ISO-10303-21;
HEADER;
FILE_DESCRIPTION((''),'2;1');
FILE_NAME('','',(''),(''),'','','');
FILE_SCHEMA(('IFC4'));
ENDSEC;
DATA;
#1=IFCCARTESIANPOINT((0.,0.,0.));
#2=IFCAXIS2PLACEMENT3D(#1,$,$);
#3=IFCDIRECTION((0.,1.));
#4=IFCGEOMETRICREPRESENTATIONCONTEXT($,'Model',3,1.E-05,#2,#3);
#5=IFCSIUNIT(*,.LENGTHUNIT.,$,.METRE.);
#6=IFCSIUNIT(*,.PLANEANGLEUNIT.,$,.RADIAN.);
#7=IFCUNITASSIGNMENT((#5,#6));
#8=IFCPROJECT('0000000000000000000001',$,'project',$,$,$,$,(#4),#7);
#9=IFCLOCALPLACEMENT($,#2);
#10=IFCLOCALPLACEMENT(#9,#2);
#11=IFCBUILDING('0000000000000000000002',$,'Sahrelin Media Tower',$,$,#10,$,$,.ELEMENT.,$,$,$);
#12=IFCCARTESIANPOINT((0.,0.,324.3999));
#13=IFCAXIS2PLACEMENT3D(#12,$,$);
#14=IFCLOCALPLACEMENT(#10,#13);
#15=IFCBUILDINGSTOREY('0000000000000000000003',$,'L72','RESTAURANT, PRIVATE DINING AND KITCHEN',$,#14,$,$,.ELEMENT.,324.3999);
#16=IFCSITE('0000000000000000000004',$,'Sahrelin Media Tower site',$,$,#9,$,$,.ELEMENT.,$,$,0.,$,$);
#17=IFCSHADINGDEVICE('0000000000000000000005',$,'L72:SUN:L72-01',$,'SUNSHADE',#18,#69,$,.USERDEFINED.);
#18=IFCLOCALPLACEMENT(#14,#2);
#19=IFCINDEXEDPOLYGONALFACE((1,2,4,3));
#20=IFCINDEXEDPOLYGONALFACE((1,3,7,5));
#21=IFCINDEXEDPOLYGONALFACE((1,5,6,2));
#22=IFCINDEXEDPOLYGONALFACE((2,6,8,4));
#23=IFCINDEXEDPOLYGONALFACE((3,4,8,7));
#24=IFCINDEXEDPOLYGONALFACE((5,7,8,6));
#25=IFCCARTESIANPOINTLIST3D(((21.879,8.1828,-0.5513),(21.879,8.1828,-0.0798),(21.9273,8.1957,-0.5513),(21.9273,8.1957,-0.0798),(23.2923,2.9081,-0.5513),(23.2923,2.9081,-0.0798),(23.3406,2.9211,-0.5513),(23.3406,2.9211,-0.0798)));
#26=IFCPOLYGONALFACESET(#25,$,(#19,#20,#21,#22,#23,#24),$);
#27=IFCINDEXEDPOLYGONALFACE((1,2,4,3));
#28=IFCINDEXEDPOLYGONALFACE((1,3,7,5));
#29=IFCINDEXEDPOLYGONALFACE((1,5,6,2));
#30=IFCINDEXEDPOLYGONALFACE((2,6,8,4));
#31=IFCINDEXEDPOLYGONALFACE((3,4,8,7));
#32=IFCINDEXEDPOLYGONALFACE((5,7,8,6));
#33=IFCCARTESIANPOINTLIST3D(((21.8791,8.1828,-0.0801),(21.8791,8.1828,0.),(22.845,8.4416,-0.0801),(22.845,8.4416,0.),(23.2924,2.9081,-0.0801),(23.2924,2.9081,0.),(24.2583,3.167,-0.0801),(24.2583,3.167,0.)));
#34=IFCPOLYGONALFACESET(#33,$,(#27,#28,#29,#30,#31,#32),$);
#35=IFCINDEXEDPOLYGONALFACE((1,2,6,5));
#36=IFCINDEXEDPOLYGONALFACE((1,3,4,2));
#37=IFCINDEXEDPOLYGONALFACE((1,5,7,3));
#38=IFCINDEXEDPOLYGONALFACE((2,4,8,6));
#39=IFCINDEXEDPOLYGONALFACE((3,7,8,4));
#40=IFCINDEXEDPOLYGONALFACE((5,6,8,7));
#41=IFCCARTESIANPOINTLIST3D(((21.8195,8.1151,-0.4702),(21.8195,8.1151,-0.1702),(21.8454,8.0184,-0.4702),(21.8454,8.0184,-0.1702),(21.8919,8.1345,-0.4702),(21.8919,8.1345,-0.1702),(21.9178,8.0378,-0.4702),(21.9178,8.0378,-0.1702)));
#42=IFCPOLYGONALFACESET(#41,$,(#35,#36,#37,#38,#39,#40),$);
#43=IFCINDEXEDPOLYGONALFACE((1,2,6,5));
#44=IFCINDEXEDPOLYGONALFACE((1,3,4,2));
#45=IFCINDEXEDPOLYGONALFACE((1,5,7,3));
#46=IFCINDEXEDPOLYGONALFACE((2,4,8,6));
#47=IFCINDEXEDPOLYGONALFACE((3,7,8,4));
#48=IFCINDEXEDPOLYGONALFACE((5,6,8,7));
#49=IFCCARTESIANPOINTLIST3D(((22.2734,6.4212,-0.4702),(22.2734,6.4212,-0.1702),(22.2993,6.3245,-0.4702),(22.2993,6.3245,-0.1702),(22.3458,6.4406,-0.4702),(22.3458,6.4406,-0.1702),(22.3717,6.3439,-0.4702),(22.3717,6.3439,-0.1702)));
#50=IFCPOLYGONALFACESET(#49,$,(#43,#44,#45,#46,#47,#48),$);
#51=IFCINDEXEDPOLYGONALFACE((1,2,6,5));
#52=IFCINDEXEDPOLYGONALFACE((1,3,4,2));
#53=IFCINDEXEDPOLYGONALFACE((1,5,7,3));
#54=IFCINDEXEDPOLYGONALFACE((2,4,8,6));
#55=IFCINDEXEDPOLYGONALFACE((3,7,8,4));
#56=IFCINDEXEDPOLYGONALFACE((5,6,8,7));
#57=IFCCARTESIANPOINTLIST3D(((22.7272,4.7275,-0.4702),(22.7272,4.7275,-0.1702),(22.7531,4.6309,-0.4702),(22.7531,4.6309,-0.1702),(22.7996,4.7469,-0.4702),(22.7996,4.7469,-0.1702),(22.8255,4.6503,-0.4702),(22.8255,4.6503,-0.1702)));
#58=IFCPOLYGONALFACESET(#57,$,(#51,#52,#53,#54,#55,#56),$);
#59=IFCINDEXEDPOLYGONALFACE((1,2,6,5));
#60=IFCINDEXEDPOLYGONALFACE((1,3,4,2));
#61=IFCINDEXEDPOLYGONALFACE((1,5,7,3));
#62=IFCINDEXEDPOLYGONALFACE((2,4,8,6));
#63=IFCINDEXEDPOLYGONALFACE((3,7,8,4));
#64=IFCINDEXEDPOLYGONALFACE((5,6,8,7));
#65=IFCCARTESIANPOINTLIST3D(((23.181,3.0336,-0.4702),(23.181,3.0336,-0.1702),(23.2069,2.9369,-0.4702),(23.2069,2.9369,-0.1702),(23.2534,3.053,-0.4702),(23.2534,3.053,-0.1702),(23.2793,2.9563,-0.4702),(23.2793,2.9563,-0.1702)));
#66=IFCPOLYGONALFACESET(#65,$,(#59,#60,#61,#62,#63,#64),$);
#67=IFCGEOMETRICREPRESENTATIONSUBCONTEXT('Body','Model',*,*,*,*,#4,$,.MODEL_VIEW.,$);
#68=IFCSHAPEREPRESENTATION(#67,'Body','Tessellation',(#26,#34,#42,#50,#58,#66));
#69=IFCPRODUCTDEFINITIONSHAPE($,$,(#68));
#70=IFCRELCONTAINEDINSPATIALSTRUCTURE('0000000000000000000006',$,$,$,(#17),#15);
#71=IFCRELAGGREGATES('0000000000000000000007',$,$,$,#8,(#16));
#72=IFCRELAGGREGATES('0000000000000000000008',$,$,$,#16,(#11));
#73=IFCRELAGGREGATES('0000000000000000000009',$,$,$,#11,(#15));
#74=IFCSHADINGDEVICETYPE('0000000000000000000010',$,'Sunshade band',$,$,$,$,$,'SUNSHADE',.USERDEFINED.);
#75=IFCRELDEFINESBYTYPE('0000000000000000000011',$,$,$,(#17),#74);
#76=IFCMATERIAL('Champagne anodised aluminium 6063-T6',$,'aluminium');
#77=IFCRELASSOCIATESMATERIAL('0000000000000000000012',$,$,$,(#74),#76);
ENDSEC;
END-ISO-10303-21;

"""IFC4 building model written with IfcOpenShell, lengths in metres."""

from ifc_helpers import new_model, si_unit, direction, frame, origin, origin_2d, place, context, subcontext, project, spatial, rectangle, extrude, material, type_object, element, save


model = new_model("IFC4")

# Units and contexts
model_context = context("Model", 3, precision=1e-05, world=origin(), true_north=direction((0.0, 1.0)))
body_context = subcontext(model_context, "Body", "Model", "MODEL_VIEW")
ifc_project = project(units=[si_unit("LENGTHUNIT", "METRE"), si_unit("PLANEANGLEUNIT", "RADIAN")], contexts=[model_context])

# Site, building, storey
site_placement = place(None, origin())
site = spatial("IfcSite", under=ifc_project, at=site_placement, Name="Sahrelin Media Tower site", CompositionType="ELEMENT", RefElevation=0.0)
building_placement = place(site_placement, origin())
building = spatial("IfcBuilding", under=site, at=building_placement, Name="Sahrelin Media Tower", CompositionType="ELEMENT")
storey_placement = place(building_placement, frame((0.0, 0.0, 324.3999)))
storey = spatial("IfcBuildingStorey", under=building, at=storey_placement, Name="L72", Description="RESTAURANT, PRIVATE DINING AND KITCHEN", CompositionType="ELEMENT", Elevation=324.3999)

# Shared definitions
ifc_material_1 = material(Name="Champagne anodised aluminium 6063-T6", Category="aluminium")

# Shading device
placement_1 = place(storey_placement, frame((22.5664, 5.5403, 0.0), z_axis=(0.0, 0.0, 1.0), x_axis=(0.258808, -0.965929, 0.0)))
shading_device_type_1 = type_object("IfcShadingDeviceType", Name="Sunshade band", ElementType="SUNSHADE", PredefinedType="USERDEFINED", material=ifc_material_1)
element("IfcShadingDevice", 1, at=placement_1, inside=storey, type_object=shading_device_type_1, Name="L72:SUN:L72-01", ObjectType="SUNSHADE", PredefinedType="USERDEFINED", context=body_context, shape_type="SweptSolid", body=[
    extrude(rectangle(XDim=5.4607, YDim=0.05, at=origin_2d()), frame((0.0, 0.0449, -0.5513)), (0.0, 0.0, 1.0), 0.4714),
    extrude(rectangle(XDim=5.4607, YDim=1.0, at=origin_2d()), frame((0.0, 0.52, -0.0801)), (0.0, 0.0, 1.0), 0.0801),
    extrude(rectangle(XDim=0.1001, YDim=0.075, at=origin_2d()), frame((-2.6304, -0.0176, -0.4702)), (0.0, 0.0, 1.0), 0.3),
    extrude(rectangle(XDim=0.1001, YDim=0.075, at=origin_2d()), frame((-0.8767, -0.0176, -0.4702)), (0.0, 0.0, 1.0), 0.3),
    extrude(rectangle(XDim=0.1001, YDim=0.075, at=origin_2d()), frame((0.8767, -0.0176, -0.4702)), (0.0, 0.0, 1.0), 0.3),
    extrude(rectangle(XDim=0.1001, YDim=0.075, at=origin_2d()), frame((2.6304, -0.0176, -0.4702)), (0.0, 0.0, 1.0), 0.3),
])

save(model, "model.ifc")
